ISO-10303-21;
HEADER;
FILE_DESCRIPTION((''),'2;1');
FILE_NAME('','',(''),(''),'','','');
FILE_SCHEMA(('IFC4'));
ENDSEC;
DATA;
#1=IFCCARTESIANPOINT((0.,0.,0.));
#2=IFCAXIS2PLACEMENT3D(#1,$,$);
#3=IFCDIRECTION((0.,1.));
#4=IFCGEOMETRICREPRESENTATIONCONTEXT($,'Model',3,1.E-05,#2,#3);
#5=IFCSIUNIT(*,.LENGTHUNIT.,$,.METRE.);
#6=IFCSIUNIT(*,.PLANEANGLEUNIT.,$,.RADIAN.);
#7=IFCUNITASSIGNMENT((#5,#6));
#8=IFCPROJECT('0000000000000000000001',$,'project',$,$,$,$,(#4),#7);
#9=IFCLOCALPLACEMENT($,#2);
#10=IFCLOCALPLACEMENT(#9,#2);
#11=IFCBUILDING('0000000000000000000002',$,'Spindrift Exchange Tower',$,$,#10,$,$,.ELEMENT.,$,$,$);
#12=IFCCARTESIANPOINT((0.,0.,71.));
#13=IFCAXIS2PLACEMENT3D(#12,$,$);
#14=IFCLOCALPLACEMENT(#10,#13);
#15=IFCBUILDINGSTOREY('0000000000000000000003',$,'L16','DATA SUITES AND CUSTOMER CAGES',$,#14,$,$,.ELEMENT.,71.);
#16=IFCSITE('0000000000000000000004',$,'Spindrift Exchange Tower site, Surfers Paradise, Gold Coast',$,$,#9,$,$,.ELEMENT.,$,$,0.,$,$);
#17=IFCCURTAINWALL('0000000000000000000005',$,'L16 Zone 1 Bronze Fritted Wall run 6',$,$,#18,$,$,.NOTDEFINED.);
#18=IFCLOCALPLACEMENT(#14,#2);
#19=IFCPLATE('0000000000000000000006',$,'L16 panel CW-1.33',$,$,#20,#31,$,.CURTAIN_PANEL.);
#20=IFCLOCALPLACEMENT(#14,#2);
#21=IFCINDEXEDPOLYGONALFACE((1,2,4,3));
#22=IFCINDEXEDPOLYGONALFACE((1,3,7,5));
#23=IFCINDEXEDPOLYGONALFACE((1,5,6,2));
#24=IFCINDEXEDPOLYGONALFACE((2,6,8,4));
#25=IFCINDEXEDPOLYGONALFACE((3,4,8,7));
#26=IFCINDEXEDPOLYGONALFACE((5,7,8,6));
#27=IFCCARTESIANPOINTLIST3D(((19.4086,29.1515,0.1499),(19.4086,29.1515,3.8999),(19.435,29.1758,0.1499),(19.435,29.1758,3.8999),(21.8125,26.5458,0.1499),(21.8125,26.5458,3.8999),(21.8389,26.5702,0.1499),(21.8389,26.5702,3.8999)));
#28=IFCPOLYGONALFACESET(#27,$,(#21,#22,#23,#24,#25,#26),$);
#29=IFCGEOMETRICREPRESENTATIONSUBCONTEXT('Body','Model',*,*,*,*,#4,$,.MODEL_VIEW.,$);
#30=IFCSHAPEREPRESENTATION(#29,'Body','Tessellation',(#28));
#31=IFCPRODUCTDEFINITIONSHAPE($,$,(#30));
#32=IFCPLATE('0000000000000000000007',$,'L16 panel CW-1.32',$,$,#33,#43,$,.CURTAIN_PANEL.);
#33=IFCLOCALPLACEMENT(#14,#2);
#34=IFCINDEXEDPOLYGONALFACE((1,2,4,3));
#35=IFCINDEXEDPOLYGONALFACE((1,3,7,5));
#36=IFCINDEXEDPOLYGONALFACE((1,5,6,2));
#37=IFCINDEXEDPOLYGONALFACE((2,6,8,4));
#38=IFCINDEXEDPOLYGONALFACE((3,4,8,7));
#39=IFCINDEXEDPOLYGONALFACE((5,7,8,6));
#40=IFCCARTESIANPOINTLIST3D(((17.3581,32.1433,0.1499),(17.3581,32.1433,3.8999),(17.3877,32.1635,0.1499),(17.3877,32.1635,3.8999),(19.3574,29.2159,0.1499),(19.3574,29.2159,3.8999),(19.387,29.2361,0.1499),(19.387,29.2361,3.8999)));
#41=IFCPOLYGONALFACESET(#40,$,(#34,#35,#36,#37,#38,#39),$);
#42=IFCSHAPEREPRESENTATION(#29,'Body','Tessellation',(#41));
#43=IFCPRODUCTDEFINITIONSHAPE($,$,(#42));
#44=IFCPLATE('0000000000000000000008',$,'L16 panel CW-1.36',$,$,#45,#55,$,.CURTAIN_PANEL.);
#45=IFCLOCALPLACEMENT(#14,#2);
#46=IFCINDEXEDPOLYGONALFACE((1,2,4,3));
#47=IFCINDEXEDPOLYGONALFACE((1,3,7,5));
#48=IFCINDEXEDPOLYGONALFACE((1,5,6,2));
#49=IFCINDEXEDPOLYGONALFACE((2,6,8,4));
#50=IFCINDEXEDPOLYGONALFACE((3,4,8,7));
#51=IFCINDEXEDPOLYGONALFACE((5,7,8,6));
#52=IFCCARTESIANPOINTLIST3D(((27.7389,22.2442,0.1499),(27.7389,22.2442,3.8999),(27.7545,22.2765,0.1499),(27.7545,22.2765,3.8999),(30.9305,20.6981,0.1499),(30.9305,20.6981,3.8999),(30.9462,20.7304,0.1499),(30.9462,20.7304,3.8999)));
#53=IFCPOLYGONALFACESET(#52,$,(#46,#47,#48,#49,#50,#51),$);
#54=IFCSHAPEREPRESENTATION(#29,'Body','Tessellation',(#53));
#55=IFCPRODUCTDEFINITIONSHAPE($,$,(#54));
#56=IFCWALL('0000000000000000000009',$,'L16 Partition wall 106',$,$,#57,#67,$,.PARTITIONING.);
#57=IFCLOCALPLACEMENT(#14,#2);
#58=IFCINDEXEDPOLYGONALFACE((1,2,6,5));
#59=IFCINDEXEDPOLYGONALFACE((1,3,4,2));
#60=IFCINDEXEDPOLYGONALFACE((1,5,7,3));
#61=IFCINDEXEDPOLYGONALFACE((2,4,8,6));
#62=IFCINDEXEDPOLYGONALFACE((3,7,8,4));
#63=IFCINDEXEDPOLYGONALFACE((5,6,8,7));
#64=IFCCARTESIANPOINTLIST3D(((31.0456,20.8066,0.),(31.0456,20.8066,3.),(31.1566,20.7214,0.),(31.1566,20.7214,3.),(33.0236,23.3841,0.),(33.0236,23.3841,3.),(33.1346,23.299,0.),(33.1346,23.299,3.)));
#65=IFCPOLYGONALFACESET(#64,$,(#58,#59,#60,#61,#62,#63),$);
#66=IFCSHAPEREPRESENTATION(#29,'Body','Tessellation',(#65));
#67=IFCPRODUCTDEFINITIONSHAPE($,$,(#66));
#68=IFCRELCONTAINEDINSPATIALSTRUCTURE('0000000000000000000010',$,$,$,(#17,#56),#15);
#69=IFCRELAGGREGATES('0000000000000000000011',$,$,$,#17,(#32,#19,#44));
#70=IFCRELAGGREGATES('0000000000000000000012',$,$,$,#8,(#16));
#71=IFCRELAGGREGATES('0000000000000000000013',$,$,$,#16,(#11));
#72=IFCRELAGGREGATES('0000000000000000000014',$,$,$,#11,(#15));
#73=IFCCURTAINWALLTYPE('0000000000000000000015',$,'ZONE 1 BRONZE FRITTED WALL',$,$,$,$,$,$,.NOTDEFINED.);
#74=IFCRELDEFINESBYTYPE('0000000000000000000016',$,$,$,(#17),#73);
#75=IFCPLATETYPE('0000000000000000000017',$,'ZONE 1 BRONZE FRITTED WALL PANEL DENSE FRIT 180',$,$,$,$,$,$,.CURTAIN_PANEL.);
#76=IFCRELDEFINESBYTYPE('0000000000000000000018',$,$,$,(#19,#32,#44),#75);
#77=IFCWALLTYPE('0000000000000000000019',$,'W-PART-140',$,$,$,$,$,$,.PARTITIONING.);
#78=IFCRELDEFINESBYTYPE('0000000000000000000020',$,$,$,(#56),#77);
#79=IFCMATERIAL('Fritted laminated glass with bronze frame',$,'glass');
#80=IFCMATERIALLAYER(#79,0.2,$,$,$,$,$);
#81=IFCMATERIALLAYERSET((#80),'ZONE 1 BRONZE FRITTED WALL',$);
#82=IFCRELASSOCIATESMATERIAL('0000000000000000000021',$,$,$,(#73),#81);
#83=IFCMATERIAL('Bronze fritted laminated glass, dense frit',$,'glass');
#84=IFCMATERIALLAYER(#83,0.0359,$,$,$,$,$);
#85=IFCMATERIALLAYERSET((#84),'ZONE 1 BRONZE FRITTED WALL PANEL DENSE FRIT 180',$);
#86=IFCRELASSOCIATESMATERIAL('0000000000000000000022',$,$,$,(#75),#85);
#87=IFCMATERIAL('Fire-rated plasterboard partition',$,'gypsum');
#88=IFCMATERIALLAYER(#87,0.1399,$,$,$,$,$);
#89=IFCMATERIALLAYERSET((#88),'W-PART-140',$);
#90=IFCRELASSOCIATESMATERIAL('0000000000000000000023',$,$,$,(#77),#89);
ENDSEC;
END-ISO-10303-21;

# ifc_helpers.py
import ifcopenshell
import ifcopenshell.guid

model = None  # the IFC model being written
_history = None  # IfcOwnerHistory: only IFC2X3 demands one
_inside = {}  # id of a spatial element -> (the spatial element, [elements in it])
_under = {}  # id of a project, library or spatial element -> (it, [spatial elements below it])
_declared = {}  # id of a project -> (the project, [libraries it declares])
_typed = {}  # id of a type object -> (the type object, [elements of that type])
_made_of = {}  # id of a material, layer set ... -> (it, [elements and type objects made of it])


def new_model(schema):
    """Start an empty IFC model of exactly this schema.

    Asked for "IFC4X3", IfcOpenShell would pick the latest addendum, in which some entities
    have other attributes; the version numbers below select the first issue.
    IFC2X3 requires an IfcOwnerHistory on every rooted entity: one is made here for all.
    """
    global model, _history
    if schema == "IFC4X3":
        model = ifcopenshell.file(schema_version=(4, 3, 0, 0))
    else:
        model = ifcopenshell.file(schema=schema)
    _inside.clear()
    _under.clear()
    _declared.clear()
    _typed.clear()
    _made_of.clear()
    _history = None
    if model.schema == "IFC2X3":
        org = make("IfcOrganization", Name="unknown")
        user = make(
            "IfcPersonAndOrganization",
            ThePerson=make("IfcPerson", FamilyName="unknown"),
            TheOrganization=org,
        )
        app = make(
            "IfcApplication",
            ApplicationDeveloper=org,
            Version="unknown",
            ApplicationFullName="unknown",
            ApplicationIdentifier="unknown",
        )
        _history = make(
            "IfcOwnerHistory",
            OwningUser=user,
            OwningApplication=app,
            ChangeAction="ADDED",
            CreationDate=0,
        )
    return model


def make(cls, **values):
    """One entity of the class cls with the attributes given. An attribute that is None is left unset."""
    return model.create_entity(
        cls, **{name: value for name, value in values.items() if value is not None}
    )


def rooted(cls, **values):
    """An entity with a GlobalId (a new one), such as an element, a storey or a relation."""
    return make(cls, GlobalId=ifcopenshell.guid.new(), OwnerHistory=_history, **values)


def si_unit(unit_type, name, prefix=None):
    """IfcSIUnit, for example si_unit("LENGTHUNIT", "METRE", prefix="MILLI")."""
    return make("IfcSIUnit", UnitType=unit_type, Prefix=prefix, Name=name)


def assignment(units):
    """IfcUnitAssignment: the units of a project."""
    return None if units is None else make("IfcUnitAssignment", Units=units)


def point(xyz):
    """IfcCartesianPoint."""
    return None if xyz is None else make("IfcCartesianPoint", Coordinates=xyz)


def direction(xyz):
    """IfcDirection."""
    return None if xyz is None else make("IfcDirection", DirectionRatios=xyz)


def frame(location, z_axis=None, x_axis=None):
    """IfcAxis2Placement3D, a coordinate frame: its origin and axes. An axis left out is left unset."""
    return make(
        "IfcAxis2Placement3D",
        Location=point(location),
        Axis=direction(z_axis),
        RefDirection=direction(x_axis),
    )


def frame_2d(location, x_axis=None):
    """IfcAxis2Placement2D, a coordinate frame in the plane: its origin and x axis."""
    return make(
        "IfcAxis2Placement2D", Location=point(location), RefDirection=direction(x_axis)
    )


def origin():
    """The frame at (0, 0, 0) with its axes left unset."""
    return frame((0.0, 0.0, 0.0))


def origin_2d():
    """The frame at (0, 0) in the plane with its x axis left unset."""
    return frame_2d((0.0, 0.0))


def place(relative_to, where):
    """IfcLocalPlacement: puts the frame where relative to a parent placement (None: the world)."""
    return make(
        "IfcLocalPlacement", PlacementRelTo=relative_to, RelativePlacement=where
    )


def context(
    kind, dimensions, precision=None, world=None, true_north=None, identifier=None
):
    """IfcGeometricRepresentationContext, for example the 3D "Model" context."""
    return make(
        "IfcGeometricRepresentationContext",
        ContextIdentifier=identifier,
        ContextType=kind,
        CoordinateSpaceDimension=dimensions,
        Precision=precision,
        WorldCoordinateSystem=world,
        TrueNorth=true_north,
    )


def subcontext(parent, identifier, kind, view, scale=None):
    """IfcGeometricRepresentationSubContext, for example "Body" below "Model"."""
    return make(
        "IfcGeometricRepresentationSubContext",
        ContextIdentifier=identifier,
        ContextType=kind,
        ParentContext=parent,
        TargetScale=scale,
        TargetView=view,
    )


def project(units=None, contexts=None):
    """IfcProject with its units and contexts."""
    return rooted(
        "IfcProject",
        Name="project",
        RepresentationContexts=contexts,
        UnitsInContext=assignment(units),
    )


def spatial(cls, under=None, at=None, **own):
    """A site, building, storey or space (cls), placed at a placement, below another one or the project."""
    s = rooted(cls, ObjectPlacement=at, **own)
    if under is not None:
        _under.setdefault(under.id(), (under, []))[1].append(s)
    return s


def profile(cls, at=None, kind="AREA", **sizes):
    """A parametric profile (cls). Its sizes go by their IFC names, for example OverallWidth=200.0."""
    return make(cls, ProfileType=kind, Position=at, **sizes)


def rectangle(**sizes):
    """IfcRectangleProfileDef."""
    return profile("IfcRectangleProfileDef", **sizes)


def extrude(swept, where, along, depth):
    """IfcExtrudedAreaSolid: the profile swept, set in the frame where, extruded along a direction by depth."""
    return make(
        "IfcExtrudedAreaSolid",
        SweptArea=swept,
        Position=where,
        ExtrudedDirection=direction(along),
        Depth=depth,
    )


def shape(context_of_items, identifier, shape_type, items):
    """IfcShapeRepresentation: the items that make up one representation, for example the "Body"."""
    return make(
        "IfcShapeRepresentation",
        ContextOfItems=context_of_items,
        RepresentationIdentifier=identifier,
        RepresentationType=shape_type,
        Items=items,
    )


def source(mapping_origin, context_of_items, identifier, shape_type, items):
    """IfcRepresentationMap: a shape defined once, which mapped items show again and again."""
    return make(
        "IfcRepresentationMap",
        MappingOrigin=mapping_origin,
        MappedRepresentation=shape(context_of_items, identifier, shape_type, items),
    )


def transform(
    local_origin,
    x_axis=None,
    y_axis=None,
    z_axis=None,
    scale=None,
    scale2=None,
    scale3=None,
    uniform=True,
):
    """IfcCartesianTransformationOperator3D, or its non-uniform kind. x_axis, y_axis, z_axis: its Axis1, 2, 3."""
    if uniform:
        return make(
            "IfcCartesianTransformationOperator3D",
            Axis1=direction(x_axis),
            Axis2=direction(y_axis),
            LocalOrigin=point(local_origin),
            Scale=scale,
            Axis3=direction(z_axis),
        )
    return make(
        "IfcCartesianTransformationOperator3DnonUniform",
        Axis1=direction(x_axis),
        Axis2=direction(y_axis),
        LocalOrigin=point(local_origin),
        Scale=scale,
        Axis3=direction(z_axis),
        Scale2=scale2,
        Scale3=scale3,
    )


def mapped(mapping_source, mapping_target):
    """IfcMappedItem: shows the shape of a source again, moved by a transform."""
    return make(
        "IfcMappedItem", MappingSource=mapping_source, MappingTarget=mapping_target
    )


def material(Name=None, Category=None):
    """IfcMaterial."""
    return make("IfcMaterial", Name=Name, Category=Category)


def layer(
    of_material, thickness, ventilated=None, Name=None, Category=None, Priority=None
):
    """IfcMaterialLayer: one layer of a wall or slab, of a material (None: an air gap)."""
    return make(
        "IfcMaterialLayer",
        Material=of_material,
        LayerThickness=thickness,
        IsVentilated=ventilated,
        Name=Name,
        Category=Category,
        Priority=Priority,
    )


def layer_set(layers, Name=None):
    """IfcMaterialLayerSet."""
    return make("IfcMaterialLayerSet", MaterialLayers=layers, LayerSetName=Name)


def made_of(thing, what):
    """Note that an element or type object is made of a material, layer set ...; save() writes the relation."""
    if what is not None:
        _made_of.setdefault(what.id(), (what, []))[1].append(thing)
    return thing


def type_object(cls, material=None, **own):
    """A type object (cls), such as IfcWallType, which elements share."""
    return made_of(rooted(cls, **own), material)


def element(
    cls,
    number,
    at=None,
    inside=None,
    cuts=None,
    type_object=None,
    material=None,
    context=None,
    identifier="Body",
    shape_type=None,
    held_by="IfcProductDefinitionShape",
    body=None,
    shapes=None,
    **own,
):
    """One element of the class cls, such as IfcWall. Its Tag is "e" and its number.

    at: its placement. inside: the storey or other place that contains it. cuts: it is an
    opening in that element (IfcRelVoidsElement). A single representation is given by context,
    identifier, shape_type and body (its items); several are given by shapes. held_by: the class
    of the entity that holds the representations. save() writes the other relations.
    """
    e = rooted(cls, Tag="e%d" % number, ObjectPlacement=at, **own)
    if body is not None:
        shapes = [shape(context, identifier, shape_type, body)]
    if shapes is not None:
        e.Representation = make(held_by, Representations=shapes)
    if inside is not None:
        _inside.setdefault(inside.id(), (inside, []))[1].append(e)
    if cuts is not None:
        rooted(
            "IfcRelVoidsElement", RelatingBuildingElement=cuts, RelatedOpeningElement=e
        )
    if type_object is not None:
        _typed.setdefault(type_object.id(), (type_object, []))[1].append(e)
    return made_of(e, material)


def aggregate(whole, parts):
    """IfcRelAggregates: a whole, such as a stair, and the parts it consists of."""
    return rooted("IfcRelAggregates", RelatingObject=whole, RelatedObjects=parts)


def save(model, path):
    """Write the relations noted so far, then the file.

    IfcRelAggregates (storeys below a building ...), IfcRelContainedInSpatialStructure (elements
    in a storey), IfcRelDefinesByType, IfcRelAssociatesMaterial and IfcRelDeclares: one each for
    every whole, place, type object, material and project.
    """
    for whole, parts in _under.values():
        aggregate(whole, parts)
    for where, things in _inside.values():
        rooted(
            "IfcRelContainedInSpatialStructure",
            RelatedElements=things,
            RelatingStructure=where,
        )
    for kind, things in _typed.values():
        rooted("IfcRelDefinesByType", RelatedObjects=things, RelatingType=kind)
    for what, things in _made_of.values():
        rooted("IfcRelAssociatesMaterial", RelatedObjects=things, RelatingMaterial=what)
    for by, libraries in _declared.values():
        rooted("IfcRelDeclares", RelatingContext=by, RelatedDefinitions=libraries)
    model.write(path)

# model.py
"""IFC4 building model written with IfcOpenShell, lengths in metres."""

from ifc_helpers import new_model, si_unit, direction, frame, frame_2d, origin, origin_2d, place, context, subcontext, project, spatial, rectangle, extrude, source, transform, mapped, material, layer, layer_set, type_object, element, aggregate, save


model = new_model("IFC4")

# Units and contexts
model_context = context("Model", 3, precision=1e-05, world=origin(), true_north=direction((0.0, 1.0)))
body_context = subcontext(model_context, "Body", "Model", "MODEL_VIEW")
ifc_project = project(units=[si_unit("LENGTHUNIT", "METRE"), si_unit("PLANEANGLEUNIT", "RADIAN")], contexts=[model_context])

# Site, building, storey
site_placement = place(None, origin())
site = spatial("IfcSite", under=ifc_project, at=site_placement, Name="Spindrift Exchange Tower site, Surfers Paradise, Gold Coast", CompositionType="ELEMENT", RefElevation=0.0)
building_placement = place(site_placement, origin())
building = spatial("IfcBuilding", under=site, at=building_placement, Name="Spindrift Exchange Tower", CompositionType="ELEMENT")
storey_placement = place(building_placement, frame((0.0, 0.0, 71.0)))
storey = spatial("IfcBuildingStorey", under=building, at=storey_placement, Name="L16", Description="DATA SUITES AND CUSTOMER CAGES", CompositionType="ELEMENT", Elevation=71.0)

# Curtain wall
ifc_material_1 = material(Name="Fritted laminated glass with bronze frame", Category="glass")
ifc_layer_1 = layer(ifc_material_1, 0.2)
ifc_layer_set_1 = layer_set([ifc_layer_1], Name="ZONE 1 BRONZE FRITTED WALL")
curtain_wall_type = type_object("IfcCurtainWallType", Name="ZONE 1 BRONZE FRITTED WALL", PredefinedType="NOTDEFINED", material=ifc_layer_set_1)
curtain_wall_1_placement = place(storey_placement, origin())
curtain_wall_1 = element("IfcCurtainWall", 1, at=curtain_wall_1_placement, inside=storey, type_object=curtain_wall_type, Name="L16 Zone 1 Bronze Fritted Wall run 6", PredefinedType="NOTDEFINED")

# Plates
ifc_material_2 = material(Name="Bronze fritted laminated glass, dense frit", Category="glass")
ifc_layer_2 = layer(ifc_material_2, 0.0359)
ifc_layer_set_2 = layer_set([ifc_layer_2], Name="ZONE 1 BRONZE FRITTED WALL PANEL DENSE FRIT 180")
plate_type_1 = type_object("IfcPlateType", Name="ZONE 1 BRONZE FRITTED WALL PANEL DENSE FRIT 180", PredefinedType="CURTAIN_PANEL", material=ifc_layer_set_2)
shared_shape_1 = source(origin(), body_context, "Body", "SweptSolid", [
    extrude(rectangle(XDim=3.5452, YDim=0.0359, at=origin_2d()), origin(), (0.0, 0.0, 1.0), 3.75),
])
plate_1_placement = place(storey_placement, frame((20.6238, 27.8608, 0.1499), z_axis=(0.0, 0.0, 1.0), x_axis=(0.67808, -0.734988, 0.0)))
plate_1 = element("IfcPlate", 2, at=plate_1_placement, type_object=plate_type_1, Name="L16 panel CW-1.33", PredefinedType="CURTAIN_PANEL", context=body_context, shape_type="MappedRepresentation", body=[
    mapped(shared_shape_1, transform((0.0, 0.0, 0.0), scale=1.0)),
])
shared_shape_2 = source(origin(), body_context, "Body", "SweptSolid", [
    extrude(rectangle(XDim=3.5449, YDim=0.0359, at=origin_2d()), origin(), (0.0, 0.0, 1.0), 3.75),
])
plate_2_placement = place(storey_placement, frame((18.3726, 30.6897, 0.1499), z_axis=(0.0, 0.0, 1.0), x_axis=(0.56398, -0.825788, 0.0)))
plate_2 = element("IfcPlate", 3, at=plate_2_placement, type_object=plate_type_1, Name="L16 panel CW-1.32", PredefinedType="CURTAIN_PANEL", context=body_context, shape_type="MappedRepresentation", body=[
    mapped(shared_shape_2, transform((0.0, 0.0, 0.0), scale=1.0)),
])
shared_shape_3 = source(origin(), body_context, "Body", "SweptSolid", [
    extrude(rectangle(XDim=3.5464, YDim=0.0359, at=origin_2d()), origin(), (0.0, 0.0, 1.0), 3.75),
])
plate_3_placement = place(storey_placement, frame((29.3425, 21.4873, 0.1499), z_axis=(0.0, 0.0, 1.0), x_axis=(0.899961, -0.435971, 0.0)))
plate_3 = element("IfcPlate", 4, at=plate_3_placement, type_object=plate_type_1, Name="L16 panel CW-1.36", PredefinedType="CURTAIN_PANEL", context=body_context, shape_type="MappedRepresentation", body=[
    mapped(shared_shape_3, transform((0.0, 0.0, 0.0), scale=1.0)),
])
aggregate(curtain_wall_1, [plate_2, plate_1, plate_3])

# Wall
ifc_material_3 = material(Name="Fire-rated plasterboard partition", Category="gypsum")
ifc_layer_3 = layer(ifc_material_3, 0.1399)
ifc_layer_set_3 = layer_set([ifc_layer_3], Name="W-PART-140")
wall_type = type_object("IfcWallType", Name="W-PART-140", PredefinedType="PARTITIONING", material=ifc_layer_set_3)
wall_placement = place(storey_placement, frame((33.0791, 23.3416, 0.0), z_axis=(0.0, 0.0, 1.0), x_axis=(-0.608788, -0.793333, 0.0)))
element("IfcWall", 5, at=wall_placement, inside=storey, type_object=wall_type, Name="L16 Partition wall 106", PredefinedType="PARTITIONING", context=body_context, shape_type="SweptSolid", body=[
    extrude(rectangle(XDim=3.249, YDim=0.1399, at=frame_2d((1.6245, 0.0))), origin(), (0.0, 0.0, 1.0), 3.0),
])

save(model, "model.ifc")
